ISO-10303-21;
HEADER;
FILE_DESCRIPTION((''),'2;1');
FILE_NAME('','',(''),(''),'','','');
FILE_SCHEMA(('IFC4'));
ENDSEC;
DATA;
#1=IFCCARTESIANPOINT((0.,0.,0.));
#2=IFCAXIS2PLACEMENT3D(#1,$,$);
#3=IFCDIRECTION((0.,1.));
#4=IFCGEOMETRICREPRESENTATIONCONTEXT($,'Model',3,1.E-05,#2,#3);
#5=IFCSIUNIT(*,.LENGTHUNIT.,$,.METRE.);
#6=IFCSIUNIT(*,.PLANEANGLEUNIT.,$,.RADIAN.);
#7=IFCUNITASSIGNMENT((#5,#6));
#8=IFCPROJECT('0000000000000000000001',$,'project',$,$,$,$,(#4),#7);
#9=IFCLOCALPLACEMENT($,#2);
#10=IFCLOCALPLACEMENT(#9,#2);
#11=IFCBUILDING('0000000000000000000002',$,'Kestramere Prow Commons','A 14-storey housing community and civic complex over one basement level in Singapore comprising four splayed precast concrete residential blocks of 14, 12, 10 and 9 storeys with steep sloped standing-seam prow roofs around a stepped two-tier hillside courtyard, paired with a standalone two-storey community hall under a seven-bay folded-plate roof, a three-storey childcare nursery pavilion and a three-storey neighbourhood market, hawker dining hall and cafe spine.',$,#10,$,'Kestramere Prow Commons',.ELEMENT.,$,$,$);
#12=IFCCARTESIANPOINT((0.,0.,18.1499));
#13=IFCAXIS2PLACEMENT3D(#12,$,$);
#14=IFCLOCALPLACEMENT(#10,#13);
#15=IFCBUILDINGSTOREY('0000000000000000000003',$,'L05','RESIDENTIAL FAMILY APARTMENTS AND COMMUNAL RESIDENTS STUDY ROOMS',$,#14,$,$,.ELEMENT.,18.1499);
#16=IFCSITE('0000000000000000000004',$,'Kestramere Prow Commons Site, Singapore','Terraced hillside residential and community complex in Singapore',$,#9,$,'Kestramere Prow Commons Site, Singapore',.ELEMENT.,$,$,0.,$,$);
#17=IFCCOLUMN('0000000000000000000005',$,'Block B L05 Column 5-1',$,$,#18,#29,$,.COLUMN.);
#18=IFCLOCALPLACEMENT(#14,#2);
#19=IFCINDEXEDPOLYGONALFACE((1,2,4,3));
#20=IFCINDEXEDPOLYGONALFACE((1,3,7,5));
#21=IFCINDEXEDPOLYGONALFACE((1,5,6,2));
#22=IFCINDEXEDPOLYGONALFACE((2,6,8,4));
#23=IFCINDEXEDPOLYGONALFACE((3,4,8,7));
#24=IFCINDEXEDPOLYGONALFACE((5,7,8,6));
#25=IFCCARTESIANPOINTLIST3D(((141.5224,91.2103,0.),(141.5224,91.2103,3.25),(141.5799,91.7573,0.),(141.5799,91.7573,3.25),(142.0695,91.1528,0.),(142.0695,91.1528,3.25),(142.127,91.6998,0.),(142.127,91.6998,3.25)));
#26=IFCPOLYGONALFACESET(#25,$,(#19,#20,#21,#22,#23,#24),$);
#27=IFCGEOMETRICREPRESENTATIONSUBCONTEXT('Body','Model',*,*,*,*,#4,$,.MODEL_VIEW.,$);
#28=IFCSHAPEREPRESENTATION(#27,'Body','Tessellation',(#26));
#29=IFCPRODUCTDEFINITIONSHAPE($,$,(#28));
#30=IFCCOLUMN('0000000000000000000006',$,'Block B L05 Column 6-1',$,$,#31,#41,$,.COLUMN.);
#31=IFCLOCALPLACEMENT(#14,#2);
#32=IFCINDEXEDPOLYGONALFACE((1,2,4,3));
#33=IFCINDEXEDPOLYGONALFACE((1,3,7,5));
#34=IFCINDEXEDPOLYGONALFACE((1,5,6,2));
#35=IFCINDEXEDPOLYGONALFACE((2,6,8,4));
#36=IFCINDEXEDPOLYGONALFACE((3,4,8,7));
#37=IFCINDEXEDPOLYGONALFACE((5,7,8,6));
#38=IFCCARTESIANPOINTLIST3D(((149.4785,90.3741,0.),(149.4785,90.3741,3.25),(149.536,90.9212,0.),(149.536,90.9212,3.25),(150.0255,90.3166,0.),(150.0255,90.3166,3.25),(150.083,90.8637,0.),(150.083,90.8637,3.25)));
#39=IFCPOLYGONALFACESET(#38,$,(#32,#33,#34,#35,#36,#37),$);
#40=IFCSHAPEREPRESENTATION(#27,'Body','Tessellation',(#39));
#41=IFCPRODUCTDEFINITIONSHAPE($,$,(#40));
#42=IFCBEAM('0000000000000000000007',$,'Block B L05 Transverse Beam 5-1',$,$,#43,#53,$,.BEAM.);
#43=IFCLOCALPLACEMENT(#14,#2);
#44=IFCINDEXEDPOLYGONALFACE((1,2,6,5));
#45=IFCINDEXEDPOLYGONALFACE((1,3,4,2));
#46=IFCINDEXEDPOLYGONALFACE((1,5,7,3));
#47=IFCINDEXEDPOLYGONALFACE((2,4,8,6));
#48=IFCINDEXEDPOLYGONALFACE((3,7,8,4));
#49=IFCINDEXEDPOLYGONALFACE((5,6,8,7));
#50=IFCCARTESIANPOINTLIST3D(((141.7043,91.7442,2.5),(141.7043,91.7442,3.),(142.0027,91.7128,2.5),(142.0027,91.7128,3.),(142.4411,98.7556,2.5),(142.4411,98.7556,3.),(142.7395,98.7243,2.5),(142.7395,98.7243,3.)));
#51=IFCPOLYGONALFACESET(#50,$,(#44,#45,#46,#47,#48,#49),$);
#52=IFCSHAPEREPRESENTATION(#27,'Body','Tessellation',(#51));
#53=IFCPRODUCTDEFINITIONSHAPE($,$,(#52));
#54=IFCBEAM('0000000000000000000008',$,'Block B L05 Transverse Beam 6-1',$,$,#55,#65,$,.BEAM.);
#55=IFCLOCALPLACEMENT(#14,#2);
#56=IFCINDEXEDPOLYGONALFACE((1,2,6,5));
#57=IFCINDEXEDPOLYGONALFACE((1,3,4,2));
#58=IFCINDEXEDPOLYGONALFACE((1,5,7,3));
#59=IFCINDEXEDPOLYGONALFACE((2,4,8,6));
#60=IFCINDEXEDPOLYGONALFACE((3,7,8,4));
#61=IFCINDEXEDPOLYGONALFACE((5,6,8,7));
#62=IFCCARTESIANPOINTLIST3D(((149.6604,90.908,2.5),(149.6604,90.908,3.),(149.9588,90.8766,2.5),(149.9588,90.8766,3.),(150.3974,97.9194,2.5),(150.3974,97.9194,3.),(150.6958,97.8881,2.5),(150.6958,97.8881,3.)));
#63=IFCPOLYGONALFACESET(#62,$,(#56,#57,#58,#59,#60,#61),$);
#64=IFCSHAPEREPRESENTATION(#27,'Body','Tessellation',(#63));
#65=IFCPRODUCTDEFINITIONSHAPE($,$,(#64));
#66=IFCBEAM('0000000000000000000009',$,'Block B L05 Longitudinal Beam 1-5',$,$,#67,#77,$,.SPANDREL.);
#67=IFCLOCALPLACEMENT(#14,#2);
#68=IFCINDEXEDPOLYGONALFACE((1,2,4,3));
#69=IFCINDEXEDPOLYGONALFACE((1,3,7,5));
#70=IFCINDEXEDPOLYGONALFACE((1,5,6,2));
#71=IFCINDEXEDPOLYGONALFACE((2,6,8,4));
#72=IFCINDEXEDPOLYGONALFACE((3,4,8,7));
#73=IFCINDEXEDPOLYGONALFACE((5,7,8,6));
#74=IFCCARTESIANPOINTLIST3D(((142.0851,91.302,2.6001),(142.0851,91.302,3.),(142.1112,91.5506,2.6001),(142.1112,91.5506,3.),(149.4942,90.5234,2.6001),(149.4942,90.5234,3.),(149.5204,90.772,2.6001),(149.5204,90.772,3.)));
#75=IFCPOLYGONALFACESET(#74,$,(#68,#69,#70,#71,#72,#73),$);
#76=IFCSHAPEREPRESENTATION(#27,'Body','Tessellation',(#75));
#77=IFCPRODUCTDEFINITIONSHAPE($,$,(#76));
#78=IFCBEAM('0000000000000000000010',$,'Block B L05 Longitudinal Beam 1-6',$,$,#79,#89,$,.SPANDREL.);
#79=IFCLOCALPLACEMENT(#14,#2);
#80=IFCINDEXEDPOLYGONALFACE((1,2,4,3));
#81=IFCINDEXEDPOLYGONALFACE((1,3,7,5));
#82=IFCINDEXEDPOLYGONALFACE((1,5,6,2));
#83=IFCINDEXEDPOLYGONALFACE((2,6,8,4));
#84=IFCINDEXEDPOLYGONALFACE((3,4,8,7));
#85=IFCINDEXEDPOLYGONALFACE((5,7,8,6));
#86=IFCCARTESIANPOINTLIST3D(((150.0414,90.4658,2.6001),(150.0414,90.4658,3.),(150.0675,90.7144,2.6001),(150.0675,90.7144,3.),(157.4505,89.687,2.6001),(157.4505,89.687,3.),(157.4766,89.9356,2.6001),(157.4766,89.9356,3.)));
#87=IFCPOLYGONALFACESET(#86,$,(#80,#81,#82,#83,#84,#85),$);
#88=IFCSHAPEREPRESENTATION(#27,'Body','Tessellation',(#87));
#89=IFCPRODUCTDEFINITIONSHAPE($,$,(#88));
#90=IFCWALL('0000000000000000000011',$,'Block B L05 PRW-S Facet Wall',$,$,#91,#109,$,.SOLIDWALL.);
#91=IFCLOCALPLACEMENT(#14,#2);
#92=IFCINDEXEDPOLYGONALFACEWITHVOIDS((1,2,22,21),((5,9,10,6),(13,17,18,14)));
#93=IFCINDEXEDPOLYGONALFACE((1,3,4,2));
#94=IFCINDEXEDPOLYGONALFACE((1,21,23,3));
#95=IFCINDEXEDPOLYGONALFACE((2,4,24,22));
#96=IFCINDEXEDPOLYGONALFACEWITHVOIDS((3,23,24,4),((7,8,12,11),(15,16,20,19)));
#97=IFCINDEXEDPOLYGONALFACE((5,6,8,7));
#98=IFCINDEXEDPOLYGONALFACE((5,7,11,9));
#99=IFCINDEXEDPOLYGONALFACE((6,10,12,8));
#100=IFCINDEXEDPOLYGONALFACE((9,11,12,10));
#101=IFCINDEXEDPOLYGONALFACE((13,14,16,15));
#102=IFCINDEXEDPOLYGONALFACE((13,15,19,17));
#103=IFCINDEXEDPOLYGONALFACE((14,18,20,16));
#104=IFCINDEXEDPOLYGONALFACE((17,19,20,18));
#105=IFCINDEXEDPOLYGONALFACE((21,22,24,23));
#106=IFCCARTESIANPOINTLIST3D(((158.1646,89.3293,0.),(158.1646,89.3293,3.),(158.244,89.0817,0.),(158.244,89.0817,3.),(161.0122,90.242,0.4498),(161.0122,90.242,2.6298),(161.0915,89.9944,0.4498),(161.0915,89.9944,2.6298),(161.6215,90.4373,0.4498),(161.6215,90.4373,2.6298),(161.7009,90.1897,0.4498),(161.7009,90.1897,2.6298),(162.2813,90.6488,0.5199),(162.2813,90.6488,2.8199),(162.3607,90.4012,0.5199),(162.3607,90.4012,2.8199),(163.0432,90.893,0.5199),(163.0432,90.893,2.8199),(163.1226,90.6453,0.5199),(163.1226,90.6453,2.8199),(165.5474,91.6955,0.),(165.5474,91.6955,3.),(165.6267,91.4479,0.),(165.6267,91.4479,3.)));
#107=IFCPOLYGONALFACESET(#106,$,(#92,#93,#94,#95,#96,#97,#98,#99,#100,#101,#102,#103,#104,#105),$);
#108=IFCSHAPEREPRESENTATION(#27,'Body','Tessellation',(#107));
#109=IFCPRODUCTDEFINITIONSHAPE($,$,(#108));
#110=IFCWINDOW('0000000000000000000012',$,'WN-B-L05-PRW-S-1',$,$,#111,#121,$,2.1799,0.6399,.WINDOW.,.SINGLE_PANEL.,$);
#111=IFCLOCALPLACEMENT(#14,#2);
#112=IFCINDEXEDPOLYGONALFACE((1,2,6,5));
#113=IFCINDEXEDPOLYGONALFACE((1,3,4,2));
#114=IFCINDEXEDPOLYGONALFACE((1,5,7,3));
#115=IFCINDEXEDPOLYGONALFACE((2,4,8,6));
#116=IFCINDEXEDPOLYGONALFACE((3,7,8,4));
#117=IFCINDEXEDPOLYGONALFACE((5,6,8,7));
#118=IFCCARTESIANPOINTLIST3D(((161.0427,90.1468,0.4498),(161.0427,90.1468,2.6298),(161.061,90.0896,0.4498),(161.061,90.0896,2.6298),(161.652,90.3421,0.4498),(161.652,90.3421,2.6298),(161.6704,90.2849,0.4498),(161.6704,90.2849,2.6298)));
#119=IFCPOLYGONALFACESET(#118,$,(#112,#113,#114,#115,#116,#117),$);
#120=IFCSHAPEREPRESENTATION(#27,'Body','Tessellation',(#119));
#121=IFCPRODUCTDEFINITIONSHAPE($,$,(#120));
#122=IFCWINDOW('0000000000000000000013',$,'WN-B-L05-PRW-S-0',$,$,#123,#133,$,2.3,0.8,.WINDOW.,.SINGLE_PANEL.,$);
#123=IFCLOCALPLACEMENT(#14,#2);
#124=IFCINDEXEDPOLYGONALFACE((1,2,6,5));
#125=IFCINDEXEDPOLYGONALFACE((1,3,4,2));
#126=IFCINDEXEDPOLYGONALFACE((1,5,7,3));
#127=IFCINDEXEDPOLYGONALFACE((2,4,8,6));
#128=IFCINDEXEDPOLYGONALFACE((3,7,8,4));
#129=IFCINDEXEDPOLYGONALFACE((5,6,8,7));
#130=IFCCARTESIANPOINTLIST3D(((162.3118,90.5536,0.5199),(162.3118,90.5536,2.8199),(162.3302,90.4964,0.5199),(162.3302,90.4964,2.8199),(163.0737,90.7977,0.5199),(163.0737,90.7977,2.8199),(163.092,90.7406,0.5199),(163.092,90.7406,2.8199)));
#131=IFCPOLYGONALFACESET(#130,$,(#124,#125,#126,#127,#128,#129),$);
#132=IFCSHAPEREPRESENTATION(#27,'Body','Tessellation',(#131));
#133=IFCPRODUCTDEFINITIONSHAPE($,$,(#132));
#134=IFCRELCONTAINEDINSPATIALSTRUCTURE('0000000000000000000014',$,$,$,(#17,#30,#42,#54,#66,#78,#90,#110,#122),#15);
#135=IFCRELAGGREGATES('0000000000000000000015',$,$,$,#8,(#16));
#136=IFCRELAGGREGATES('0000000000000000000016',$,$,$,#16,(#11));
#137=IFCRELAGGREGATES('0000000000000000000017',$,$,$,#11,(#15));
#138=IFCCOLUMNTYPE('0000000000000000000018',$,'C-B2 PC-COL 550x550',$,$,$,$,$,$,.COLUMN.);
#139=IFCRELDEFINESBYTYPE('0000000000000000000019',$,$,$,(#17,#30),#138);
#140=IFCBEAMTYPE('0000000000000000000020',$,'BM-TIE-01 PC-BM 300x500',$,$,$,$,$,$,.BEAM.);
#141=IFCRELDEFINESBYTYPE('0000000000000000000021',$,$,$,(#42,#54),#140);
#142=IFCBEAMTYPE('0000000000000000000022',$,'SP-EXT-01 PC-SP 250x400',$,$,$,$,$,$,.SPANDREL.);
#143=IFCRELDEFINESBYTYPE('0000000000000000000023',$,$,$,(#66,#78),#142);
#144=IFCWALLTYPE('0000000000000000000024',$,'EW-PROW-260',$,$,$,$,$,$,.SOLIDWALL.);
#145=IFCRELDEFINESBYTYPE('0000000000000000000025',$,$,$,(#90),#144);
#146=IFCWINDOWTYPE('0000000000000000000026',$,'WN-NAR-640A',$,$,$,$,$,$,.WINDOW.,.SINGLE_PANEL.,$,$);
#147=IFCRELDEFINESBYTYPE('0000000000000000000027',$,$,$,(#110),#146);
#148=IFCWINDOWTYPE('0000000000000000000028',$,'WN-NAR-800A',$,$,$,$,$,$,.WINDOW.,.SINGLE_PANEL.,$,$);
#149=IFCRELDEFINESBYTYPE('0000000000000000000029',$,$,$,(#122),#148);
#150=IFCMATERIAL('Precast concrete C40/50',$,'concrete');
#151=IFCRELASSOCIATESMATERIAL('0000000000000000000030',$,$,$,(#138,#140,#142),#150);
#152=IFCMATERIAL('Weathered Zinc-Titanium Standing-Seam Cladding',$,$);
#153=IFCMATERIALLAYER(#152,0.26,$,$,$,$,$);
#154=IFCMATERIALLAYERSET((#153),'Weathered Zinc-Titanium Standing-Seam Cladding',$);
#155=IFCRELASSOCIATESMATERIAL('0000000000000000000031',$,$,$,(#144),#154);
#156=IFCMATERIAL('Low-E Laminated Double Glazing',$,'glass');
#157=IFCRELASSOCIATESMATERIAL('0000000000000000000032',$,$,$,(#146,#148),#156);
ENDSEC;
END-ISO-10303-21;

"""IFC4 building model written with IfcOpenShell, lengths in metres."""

from ifc_helpers import new_model, si_unit, direction, frame, frame_2d, origin, origin_2d, place, context, subcontext, project, spatial, rectangle, extrude, material, layer, layer_set, material_profile, profile_set, type_object, element, fill, save


model = new_model("IFC4")

# Units and contexts
model_context = context("Model", 3, precision=1e-05, world=origin(), true_north=direction((0.0, 1.0)))
body_context = subcontext(model_context, "Body", "Model", "MODEL_VIEW")
ifc_project = project(units=[si_unit("LENGTHUNIT", "METRE"), si_unit("PLANEANGLEUNIT", "RADIAN")], contexts=[model_context])

# Site, building, storey
site_placement = place(None, origin())
site = spatial("IfcSite", under=ifc_project, at=site_placement, Name="Kestramere Prow Commons Site, Singapore", Description="Terraced hillside residential and community complex in Singapore", LongName="Kestramere Prow Commons Site, Singapore", CompositionType="ELEMENT", RefElevation=0.0)
building_placement = place(site_placement, origin())
building = spatial("IfcBuilding", under=site, at=building_placement, Name="Kestramere Prow Commons", Description="A 14-storey housing community and civic complex over one basement level in Singapore comprising four splayed precast concrete residential blocks of 14, 12, 10 and 9 storeys with steep sloped standing-seam prow roofs around a stepped two-tier hillside courtyard, paired with a standalone two-storey community hall under a seven-bay folded-plate roof, a three-storey childcare nursery pavilion and a three-storey neighbourhood market, hawker dining hall and cafe spine.", LongName="Kestramere Prow Commons", CompositionType="ELEMENT")
storey_placement = place(building_placement, frame((0.0, 0.0, 18.1499)))
storey = spatial("IfcBuildingStorey", under=building, at=storey_placement, Name="L05", Description="RESIDENTIAL FAMILY APARTMENTS AND COMMUNAL RESIDENTS STUDY ROOMS", CompositionType="ELEMENT", Elevation=18.1499)

# Columns
ifc_material_1 = material(Name="Precast concrete C40/50", Category="concrete")
ifc_material_profile_1 = material_profile(ifc_material_1, rectangle(XDim=0.55, YDim=0.55, at=origin_2d()), Name="PC-COL 550x550")
ifc_profile_set_1 = profile_set([ifc_material_profile_1], Name="Precast concrete C40/50")
column_type = type_object("IfcColumnType", Name="C-B2 PC-COL 550x550", PredefinedType="COLUMN", material=ifc_profile_set_1)
for number, where, z_axis, x_axis, name in (
    (1, (141.8247, 91.4551, 0.0), (0.0, 0.0, 1.0), (0.994522, -0.104528, 0.0), "Block B L05 Column 5-1"),
    (2, (149.7808, 90.6189, 0.0), (0.0, 0.0, 1.0), (0.994522, -0.104528, 0.0), "Block B L05 Column 6-1"),
):
    element("IfcColumn", number, at=place(storey_placement, frame(where, z_axis=z_axis, x_axis=x_axis)), inside=storey, type_object=column_type, Name=name, PredefinedType="COLUMN", context=body_context, shape_type="SweptSolid", body=[
        extrude(rectangle(XDim=0.55, YDim=0.55, at=origin_2d()), origin(), (0.0, 0.0, 1.0), 3.25),
    ])

# Beams
ifc_material_profile_2 = material_profile(ifc_material_1, rectangle(XDim=0.3, YDim=0.5, at=origin_2d()), Name="PC-BM 300x500")
ifc_profile_set_2 = profile_set([ifc_material_profile_2], Name="Precast concrete C40/50")
beam_type_1 = type_object("IfcBeamType", Name="BM-TIE-01 PC-BM 300x500", PredefinedType="BEAM", material=ifc_profile_set_2)
for number, where, z_axis, x_axis, name in (
    (3, (141.8535, 91.7285, 2.75), (0.104512, 0.994524, 0.0), (-0.994524, 0.104512, 0.0), "Block B L05 Transverse Beam 5-1"),
    (4, (149.8096, 90.8923, 2.75), (0.104546, 0.99452, 0.0), (-0.99452, 0.104546, 0.0), "Block B L05 Transverse Beam 6-1"),
):
    element("IfcBeam", number, at=place(storey_placement, frame(where, z_axis=z_axis, x_axis=x_axis)), inside=storey, type_object=beam_type_1, Name=name, PredefinedType="BEAM", context=body_context, shape_type="SweptSolid", body=[
        extrude(rectangle(XDim=0.3, YDim=0.5, at=origin_2d()), origin(), (0.0, 0.0, 1.0), 7.05),
    ])
ifc_material_profile_3 = material_profile(ifc_material_1, rectangle(XDim=0.25, YDim=0.3999, at=origin_2d()), Name="PC-SP 250x400")
ifc_profile_set_3 = profile_set([ifc_material_profile_3], Name="Precast concrete C40/50")
beam_type_2 = type_object("IfcBeamType", Name="SP-EXT-01 PC-SP 250x400", PredefinedType="SPANDREL", material=ifc_profile_set_3)
for number, where, z_axis, x_axis, name in (
    (5, (142.0981, 91.4263, 2.8), (0.994524, -0.104506, 0.0), (0.104506, 0.994524, 0.0), "Block B L05 Longitudinal Beam 1-5"),
    (6, (150.0544, 90.5901, 2.8), (0.994521, -0.104538, 0.0), (0.104538, 0.994521, 0.0), "Block B L05 Longitudinal Beam 1-6"),
):
    element("IfcBeam", number, at=place(storey_placement, frame(where, z_axis=z_axis, x_axis=x_axis)), inside=storey, type_object=beam_type_2, Name=name, PredefinedType="SPANDREL", context=body_context, shape_type="SweptSolid", body=[
        extrude(rectangle(XDim=0.25, YDim=0.3999, at=origin_2d()), origin(), (0.0, 0.0, 1.0), 7.45),
    ])

# Wall, openings, windows
ifc_material_2 = material(Name="Weathered Zinc-Titanium Standing-Seam Cladding")
ifc_layer_1 = layer(ifc_material_2, 0.26)
ifc_layer_set_1 = layer_set([ifc_layer_1], Name="Weathered Zinc-Titanium Standing-Seam Cladding")
wall_type_1 = type_object("IfcWallType", Name="EW-PROW-260", PredefinedType="SOLIDWALL", material=ifc_layer_set_1)
wall_1_placement = place(storey_placement, frame((165.5872, 91.5718, 0.0), z_axis=(0.0, 0.0, 1.0), x_axis=(-0.952285, -0.30521, 0.0)))
wall_1 = element("IfcWall", 7, at=wall_1_placement, inside=storey, type_object=wall_type_1, Name="Block B L05 PRW-S Facet Wall", PredefinedType="SOLIDWALL", context=body_context, shape_type="SweptSolid", body=[
    extrude(rectangle(XDim=7.7527, YDim=0.26, at=frame_2d((3.8765, 0.0))), origin(), (0.0, 0.0, 1.0), 3.0),
])
opening_1_placement = place(wall_1_placement, frame((2.6299, 0.0, 0.52)))
opening_1 = element("IfcOpeningElement", 8, at=opening_1_placement, cuts=wall_1, PredefinedType="OPENING", context=body_context, shape_type="SweptSolid", body=[
    extrude(rectangle(XDim=0.8, YDim=2.3, at=frame_2d((0.3999, 1.1499))), frame((0.0, 0.145, 0.0), z_axis=(0.0, -1.0, 0.0), x_axis=(1.0, 0.0, 0.0)), (0.0, 0.0, 1.0), 0.29),
])
opening_2_placement = place(wall_1_placement, frame((4.1228, 0.0, 0.45)))
opening_2 = element("IfcOpeningElement", 9, at=opening_2_placement, cuts=wall_1, PredefinedType="OPENING", context=body_context, shape_type="SweptSolid", body=[
    extrude(rectangle(XDim=0.6399, YDim=2.1799, at=frame_2d((0.3198, 1.0898))), frame((0.0, 0.145, 0.0), z_axis=(0.0, -1.0, 0.0), x_axis=(1.0, 0.0, 0.0)), (0.0, 0.0, 1.0), 0.29),
])
ifc_material_3 = material(Name="Low-E Laminated Double Glazing", Category="glass")
window_type_1 = type_object("IfcWindowType", Name="WN-NAR-640A", PartitioningType="SINGLE_PANEL", PredefinedType="WINDOW", material=ifc_material_3)
window_1_placement = place(opening_2_placement, origin())
window_1 = element("IfcWindow", 10, at=window_1_placement, inside=storey, type_object=window_type_1, Name="WN-B-L05-PRW-S-1", OverallHeight=2.1799, OverallWidth=0.6399, PartitioningType="SINGLE_PANEL", PredefinedType="WINDOW", context=body_context, shape_type="SweptSolid", body=[
    extrude(rectangle(XDim=0.6399, YDim=2.1799, at=frame_2d((0.3198, 1.0898))), frame((0.0, 0.03, 0.0), z_axis=(0.0, -1.0, 0.0), x_axis=(1.0, 0.0, 0.0)), (0.0, 0.0, 1.0), 0.0601),
])
fill(opening_2, window_1)
window_type_2 = type_object("IfcWindowType", Name="WN-NAR-800A", PartitioningType="SINGLE_PANEL", PredefinedType="WINDOW", material=ifc_material_3)
window_2_placement = place(opening_1_placement, origin())
window_2 = element("IfcWindow", 11, at=window_2_placement, inside=storey, type_object=window_type_2, Name="WN-B-L05-PRW-S-0", OverallHeight=2.3, OverallWidth=0.8, PartitioningType="SINGLE_PANEL", PredefinedType="WINDOW", context=body_context, shape_type="SweptSolid", body=[
    extrude(rectangle(XDim=0.8, YDim=2.3, at=frame_2d((0.3999, 1.1499))), frame((0.0, 0.03, 0.0), z_axis=(0.0, -1.0, 0.0), x_axis=(1.0, 0.0, 0.0)), (0.0, 0.0, 1.0), 0.0601),
])
fill(opening_1, window_2)

save(model, "model.ifc")
